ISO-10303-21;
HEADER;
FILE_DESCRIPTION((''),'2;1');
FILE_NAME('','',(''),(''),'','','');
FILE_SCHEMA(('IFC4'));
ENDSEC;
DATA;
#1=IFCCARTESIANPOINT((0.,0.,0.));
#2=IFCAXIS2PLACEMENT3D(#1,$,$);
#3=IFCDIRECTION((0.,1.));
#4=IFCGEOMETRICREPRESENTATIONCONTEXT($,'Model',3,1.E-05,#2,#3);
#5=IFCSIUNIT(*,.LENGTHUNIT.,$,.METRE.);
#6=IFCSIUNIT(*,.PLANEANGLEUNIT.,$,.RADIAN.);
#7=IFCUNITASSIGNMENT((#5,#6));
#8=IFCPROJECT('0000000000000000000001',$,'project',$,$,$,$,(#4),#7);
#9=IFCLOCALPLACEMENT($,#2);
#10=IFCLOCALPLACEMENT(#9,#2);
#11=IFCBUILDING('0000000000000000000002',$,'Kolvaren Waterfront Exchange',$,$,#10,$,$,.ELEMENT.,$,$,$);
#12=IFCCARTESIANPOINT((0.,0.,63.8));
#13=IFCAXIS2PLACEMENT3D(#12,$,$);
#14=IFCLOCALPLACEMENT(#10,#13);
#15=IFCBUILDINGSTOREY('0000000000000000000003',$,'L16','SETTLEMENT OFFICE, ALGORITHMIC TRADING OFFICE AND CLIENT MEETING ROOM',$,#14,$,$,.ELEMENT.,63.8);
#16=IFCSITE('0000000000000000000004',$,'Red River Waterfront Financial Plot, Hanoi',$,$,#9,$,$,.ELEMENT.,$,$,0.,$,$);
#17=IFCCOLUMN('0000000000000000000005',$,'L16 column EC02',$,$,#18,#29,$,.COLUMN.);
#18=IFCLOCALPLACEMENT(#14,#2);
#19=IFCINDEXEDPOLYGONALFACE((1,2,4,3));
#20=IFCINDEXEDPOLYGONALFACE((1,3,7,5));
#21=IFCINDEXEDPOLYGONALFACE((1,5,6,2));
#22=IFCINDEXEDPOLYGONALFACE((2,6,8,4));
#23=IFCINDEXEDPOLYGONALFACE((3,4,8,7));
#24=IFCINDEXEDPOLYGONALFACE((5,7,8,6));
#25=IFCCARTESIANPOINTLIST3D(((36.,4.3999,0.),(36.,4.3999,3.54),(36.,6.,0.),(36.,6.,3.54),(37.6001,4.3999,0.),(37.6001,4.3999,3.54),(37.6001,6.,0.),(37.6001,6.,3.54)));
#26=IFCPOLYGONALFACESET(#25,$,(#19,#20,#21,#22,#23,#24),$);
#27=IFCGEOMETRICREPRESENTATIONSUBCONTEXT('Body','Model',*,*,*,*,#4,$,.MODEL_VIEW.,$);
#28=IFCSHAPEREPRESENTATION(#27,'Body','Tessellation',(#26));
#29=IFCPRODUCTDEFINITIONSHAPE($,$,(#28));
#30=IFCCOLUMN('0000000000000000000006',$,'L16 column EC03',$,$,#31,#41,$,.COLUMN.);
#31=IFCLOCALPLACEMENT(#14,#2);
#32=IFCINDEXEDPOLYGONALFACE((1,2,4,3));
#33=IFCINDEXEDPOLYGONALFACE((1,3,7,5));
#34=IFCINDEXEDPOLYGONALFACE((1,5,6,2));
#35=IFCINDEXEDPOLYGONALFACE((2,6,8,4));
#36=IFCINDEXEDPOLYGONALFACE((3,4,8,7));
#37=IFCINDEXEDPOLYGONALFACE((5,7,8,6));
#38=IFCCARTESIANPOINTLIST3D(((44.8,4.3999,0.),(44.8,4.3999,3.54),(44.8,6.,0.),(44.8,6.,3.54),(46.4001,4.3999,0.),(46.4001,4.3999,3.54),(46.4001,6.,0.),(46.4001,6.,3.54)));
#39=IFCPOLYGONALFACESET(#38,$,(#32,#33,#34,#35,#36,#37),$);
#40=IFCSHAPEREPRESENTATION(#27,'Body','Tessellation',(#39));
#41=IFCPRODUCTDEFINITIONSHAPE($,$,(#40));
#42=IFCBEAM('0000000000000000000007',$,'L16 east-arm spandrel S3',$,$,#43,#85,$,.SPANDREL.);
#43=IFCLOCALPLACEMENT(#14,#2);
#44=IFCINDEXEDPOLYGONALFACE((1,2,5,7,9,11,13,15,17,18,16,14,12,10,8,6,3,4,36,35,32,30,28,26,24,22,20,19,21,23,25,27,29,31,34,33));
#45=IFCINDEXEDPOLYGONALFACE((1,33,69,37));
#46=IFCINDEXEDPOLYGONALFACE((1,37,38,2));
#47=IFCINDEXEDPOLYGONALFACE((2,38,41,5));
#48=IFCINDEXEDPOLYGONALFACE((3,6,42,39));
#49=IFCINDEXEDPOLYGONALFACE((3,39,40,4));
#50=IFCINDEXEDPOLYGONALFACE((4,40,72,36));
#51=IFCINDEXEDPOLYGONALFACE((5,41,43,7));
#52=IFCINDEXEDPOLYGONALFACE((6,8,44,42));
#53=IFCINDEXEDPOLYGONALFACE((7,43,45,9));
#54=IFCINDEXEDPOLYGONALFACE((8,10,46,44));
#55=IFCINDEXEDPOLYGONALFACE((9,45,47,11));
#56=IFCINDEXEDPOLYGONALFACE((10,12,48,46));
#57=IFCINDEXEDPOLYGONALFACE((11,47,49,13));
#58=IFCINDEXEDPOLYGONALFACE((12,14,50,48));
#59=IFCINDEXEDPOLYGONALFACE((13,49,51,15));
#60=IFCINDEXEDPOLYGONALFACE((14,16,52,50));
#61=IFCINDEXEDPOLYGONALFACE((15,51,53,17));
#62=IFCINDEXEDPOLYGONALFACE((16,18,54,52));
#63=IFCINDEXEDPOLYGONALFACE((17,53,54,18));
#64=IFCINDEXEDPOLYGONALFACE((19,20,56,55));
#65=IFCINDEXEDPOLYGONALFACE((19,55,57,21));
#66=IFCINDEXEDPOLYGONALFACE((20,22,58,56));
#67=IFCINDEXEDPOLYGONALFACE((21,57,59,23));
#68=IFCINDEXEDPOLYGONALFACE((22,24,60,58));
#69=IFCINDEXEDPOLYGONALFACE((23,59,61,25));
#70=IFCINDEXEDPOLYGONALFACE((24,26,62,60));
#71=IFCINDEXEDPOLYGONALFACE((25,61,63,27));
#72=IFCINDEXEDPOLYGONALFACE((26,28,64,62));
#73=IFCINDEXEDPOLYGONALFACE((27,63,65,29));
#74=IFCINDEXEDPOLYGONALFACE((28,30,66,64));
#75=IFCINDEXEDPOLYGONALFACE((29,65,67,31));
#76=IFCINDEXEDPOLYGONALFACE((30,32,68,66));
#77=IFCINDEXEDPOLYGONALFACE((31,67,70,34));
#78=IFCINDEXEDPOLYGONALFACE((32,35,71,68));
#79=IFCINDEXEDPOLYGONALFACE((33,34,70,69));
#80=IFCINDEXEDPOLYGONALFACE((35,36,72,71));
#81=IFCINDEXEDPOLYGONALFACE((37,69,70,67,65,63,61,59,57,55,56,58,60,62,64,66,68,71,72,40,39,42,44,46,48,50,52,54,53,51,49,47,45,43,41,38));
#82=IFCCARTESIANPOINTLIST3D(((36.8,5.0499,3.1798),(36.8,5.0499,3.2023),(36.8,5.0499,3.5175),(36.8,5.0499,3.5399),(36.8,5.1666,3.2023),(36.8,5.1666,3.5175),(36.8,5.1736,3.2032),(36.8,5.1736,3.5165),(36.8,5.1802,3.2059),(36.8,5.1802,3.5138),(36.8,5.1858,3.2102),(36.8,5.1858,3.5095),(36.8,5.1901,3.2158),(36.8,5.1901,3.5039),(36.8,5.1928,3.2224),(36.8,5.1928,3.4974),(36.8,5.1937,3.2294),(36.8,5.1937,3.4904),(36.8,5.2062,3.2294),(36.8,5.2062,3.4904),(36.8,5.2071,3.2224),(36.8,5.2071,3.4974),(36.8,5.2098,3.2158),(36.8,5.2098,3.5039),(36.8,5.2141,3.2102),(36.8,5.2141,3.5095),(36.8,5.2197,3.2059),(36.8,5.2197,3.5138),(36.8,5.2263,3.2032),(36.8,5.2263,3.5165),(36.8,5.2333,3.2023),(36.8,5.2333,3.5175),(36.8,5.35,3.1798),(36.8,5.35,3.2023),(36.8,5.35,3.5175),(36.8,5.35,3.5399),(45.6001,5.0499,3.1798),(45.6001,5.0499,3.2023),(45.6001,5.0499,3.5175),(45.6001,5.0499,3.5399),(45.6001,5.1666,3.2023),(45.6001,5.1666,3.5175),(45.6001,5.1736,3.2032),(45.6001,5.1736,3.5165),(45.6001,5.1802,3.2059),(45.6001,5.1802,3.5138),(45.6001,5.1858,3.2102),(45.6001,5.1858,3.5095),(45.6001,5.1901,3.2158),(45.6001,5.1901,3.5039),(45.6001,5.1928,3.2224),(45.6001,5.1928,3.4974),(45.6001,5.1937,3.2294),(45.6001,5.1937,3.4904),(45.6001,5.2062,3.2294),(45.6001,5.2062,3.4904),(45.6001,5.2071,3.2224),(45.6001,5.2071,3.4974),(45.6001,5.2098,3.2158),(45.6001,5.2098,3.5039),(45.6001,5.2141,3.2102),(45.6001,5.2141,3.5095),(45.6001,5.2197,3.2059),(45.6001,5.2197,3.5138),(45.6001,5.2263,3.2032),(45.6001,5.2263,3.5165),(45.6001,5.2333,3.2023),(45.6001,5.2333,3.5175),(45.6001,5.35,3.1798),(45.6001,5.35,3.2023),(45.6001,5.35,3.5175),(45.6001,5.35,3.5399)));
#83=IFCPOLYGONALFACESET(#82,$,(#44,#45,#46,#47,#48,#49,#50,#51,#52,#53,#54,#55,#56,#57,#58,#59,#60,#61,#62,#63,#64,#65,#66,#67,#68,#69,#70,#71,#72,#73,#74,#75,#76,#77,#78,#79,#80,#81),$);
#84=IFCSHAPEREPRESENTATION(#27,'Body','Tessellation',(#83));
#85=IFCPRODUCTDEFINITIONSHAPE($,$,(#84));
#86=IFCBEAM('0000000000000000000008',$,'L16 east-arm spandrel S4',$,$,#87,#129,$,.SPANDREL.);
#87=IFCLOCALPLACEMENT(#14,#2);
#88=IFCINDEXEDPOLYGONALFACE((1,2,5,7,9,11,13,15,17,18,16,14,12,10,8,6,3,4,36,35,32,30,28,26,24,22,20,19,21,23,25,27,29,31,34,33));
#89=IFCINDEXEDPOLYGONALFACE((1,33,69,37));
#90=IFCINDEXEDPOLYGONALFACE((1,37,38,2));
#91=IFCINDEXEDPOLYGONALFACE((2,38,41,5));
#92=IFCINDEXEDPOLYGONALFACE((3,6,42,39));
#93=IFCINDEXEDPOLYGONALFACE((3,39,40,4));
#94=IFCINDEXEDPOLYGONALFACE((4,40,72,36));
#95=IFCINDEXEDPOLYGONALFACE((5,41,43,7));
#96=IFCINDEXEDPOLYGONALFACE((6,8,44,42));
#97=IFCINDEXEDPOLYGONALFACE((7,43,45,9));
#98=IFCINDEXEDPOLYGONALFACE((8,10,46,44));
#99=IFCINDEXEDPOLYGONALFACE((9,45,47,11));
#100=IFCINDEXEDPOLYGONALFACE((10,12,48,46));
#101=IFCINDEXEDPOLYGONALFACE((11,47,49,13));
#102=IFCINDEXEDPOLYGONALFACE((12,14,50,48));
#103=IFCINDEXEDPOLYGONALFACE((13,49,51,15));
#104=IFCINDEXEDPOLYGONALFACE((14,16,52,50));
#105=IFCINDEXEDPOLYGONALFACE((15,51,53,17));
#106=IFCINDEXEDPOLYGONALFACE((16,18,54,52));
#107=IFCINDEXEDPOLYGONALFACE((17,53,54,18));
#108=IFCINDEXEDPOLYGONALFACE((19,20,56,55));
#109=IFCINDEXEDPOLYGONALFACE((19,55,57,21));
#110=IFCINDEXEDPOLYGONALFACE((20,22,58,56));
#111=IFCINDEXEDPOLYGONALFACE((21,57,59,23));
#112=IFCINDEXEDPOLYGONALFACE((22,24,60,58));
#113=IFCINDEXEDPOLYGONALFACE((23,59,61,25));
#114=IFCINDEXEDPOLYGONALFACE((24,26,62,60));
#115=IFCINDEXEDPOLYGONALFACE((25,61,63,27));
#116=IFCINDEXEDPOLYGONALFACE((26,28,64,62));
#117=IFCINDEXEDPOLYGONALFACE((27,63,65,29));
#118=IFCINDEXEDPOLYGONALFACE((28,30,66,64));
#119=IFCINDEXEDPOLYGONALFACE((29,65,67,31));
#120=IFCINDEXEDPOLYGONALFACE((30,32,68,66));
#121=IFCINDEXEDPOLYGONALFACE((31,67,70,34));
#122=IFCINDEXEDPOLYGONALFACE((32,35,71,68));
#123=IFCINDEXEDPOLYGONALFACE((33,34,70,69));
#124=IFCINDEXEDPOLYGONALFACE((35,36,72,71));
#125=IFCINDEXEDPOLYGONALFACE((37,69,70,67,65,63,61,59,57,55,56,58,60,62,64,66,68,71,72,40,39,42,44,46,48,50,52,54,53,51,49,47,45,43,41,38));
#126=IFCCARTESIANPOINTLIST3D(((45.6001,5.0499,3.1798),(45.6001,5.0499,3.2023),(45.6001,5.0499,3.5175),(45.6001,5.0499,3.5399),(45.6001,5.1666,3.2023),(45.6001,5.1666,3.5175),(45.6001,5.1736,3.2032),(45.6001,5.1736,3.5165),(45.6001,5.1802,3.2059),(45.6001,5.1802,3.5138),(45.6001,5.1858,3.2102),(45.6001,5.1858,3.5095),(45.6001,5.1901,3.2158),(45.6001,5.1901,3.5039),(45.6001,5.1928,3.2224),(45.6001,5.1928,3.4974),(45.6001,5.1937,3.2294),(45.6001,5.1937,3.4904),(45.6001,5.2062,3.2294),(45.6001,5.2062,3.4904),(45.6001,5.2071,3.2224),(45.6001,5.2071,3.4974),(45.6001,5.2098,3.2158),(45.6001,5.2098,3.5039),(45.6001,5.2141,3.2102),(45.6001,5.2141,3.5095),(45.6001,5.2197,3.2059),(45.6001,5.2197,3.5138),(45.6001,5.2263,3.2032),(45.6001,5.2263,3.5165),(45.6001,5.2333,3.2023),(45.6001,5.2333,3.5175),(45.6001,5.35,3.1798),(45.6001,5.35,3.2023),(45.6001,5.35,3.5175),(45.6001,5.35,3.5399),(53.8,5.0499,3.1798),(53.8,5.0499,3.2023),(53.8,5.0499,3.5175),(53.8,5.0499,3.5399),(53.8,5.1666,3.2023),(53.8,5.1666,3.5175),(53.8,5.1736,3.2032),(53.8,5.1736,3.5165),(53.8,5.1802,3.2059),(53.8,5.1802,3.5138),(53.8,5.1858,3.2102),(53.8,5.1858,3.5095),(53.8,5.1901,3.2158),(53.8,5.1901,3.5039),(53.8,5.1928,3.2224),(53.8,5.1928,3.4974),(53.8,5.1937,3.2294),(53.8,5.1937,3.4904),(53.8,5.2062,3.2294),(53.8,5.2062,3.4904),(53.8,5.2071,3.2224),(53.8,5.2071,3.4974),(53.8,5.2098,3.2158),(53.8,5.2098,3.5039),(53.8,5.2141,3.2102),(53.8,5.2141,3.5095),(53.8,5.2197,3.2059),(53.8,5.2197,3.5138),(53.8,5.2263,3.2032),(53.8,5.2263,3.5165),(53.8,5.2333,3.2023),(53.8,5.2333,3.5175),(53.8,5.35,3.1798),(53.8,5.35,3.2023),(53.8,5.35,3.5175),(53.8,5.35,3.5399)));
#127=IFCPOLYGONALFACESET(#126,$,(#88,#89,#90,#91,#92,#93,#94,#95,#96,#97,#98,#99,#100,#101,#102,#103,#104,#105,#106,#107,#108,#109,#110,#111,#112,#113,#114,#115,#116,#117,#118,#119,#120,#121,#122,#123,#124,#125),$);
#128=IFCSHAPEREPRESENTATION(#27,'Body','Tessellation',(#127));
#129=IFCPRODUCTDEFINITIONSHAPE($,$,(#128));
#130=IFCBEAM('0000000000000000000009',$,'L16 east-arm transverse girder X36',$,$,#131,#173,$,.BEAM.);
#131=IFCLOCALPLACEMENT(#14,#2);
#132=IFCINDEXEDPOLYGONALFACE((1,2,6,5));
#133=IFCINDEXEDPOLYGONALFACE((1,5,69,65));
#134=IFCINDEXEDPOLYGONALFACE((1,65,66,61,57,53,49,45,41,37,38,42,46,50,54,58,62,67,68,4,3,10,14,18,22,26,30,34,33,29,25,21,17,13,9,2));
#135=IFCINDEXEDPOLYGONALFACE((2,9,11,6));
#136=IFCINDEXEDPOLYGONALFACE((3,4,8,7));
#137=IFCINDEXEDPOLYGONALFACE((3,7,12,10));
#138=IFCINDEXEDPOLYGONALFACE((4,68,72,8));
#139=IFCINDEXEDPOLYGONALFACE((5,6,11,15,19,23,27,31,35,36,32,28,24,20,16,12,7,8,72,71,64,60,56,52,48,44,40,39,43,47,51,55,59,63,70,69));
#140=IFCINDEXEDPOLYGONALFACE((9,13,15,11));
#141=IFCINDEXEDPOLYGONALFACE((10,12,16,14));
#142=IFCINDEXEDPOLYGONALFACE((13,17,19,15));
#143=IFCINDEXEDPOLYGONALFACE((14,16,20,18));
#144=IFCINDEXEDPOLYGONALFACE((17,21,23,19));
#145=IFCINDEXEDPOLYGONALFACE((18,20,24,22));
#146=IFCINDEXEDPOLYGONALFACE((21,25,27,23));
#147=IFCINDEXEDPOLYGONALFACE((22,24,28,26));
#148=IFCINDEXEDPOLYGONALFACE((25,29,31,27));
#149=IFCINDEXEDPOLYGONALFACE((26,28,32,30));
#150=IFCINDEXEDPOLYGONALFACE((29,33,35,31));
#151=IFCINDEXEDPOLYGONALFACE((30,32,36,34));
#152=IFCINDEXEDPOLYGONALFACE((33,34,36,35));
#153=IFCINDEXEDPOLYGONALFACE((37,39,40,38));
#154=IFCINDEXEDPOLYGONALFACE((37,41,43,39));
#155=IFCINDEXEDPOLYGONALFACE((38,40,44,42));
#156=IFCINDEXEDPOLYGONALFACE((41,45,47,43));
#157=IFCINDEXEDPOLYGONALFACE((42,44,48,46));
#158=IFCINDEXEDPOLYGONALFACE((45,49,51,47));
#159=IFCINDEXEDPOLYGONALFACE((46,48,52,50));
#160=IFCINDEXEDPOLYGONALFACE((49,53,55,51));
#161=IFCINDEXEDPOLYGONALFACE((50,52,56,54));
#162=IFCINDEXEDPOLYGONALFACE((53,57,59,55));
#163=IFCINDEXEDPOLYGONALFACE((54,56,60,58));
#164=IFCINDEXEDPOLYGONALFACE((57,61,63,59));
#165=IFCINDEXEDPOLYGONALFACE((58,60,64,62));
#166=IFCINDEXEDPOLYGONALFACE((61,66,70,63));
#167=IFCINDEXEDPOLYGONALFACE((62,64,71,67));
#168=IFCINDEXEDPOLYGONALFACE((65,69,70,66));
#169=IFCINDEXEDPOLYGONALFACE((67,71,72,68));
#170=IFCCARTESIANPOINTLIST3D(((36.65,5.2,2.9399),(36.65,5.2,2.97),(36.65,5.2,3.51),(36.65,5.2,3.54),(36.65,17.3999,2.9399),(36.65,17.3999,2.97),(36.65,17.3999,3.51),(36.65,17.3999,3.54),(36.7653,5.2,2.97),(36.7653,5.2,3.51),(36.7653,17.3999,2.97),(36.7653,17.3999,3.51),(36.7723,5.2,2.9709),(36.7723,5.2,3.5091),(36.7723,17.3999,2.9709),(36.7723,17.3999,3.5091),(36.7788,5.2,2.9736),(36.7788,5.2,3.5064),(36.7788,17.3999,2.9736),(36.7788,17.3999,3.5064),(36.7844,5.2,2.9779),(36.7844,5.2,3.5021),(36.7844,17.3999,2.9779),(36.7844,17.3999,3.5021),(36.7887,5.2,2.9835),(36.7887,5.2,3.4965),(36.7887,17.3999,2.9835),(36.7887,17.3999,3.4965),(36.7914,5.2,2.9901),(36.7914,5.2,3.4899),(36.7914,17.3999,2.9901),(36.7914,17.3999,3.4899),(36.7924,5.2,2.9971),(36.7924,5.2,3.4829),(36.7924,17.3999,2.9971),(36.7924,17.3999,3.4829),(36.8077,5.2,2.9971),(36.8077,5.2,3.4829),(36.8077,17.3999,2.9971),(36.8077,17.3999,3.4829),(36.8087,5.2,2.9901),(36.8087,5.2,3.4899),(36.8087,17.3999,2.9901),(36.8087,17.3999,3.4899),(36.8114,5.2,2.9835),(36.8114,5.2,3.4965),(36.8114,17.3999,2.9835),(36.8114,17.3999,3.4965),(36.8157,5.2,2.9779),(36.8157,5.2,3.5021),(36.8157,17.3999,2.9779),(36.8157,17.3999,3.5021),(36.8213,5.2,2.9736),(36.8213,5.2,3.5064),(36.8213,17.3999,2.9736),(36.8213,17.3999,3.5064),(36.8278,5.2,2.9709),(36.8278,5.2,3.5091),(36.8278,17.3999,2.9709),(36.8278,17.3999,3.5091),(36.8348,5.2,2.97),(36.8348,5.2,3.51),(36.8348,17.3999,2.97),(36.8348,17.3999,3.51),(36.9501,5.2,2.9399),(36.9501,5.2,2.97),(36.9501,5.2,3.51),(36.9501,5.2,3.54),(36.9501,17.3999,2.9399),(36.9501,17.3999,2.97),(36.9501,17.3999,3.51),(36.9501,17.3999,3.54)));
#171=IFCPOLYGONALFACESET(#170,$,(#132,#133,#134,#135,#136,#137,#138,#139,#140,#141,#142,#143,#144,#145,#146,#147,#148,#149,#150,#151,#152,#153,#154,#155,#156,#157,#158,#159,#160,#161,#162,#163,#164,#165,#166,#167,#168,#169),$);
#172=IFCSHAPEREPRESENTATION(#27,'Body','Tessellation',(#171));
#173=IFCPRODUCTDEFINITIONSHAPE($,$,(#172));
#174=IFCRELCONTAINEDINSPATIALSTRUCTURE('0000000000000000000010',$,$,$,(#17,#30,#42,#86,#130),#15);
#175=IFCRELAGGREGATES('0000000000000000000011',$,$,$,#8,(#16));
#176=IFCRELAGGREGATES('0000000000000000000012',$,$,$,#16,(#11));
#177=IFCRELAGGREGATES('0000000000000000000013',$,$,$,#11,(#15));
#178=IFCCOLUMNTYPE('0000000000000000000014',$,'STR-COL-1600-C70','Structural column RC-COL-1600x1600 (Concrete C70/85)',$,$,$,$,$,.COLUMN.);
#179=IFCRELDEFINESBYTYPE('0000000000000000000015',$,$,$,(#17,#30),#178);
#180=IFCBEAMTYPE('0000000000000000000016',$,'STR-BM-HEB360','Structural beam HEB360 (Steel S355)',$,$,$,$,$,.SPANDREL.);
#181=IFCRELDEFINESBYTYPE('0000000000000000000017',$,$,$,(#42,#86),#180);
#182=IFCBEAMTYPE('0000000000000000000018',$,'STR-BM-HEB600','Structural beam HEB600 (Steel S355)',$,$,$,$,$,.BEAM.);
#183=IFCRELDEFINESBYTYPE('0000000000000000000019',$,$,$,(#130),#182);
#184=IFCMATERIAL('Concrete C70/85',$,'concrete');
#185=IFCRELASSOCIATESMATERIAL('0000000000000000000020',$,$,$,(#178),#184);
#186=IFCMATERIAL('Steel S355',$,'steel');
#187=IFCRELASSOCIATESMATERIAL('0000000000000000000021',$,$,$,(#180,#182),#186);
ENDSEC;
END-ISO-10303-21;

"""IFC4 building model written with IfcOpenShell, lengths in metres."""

from ifc_helpers import new_model, si_unit, direction, frame, origin, origin_2d, place, context, subcontext, project, spatial, rectangle, i_section, extrude, material, material_profile, profile_set, type_object, element, save


model = new_model("IFC4")

# Units and contexts
model_context = context("Model", 3, precision=1e-05, world=origin(), true_north=direction((0.0, 1.0)))
body_context = subcontext(model_context, "Body", "Model", "MODEL_VIEW")
ifc_project = project(units=[si_unit("LENGTHUNIT", "METRE"), si_unit("PLANEANGLEUNIT", "RADIAN")], contexts=[model_context])

# Site, building, storey
site_placement = place(None, origin())
site = spatial("IfcSite", under=ifc_project, at=site_placement, Name="Red River Waterfront Financial Plot, Hanoi", CompositionType="ELEMENT", RefElevation=0.0)
building_placement = place(site_placement, origin())
building = spatial("IfcBuilding", under=site, at=building_placement, Name="Kolvaren Waterfront Exchange", CompositionType="ELEMENT")
storey_placement = place(building_placement, frame((0.0, 0.0, 63.8)))
storey = spatial("IfcBuildingStorey", under=building, at=storey_placement, Name="L16", Description="SETTLEMENT OFFICE, ALGORITHMIC TRADING OFFICE AND CLIENT MEETING ROOM", CompositionType="ELEMENT", Elevation=63.8)

# Columns
ifc_material_1 = material(Name="Concrete C70/85", Category="concrete")
ifc_material_profile_1 = material_profile(ifc_material_1, rectangle(XDim=1.6001, YDim=1.6001, at=origin_2d()), Name="RC-COL-1600x1600")
ifc_profile_set_1 = profile_set([ifc_material_profile_1], Name="Concrete C70/85")
column_type = type_object("IfcColumnType", Name="STR-COL-1600-C70", Description="Structural column RC-COL-1600x1600 (Concrete C70/85)", PredefinedType="COLUMN", material=ifc_profile_set_1)
for number, where, z_axis, x_axis, name in (
    (1, (36.8, 5.2, 0.0), (0.0, 0.0, 1.0), (1.0, 0.0, 0.0), "L16 column EC02"),
    (2, (45.6001, 5.2, 0.0), (0.0, 0.0, 1.0), (1.0, 0.0, 0.0), "L16 column EC03"),
):
    element("IfcColumn", number, at=place(storey_placement, frame(where, z_axis=z_axis, x_axis=x_axis)), inside=storey, type_object=column_type, Name=name, PredefinedType="COLUMN", context=body_context, shape_type="SweptSolid", body=[
        extrude(rectangle(XDim=1.6001, YDim=1.6001, at=origin_2d()), origin(), (0.0, 0.0, 1.0), 3.54),
    ])

# Beams
ifc_material_2 = material(Name="Steel S355", Category="steel")
ifc_material_profile_2 = material_profile(ifc_material_2, i_section(OverallWidth=0.3, OverallDepth=0.3601, WebThickness=0.0125, FlangeThickness=0.0225, FilletRadius=0.0271, at=origin_2d()), Name="HEB360")
ifc_profile_set_2 = profile_set([ifc_material_profile_2], Name="Steel S355")
beam_type_1 = type_object("IfcBeamType", Name="STR-BM-HEB360", Description="Structural beam HEB360 (Steel S355)", PredefinedType="SPANDREL", material=ifc_profile_set_2)
beam_1_placement = place(storey_placement, frame((36.8, 5.2, 3.3599), z_axis=(1.0, 0.0, 0.0), x_axis=(0.0, 1.0, 0.0)))
element("IfcBeam", 3, at=beam_1_placement, inside=storey, type_object=beam_type_1, Name="L16 east-arm spandrel S3", PredefinedType="SPANDREL", context=body_context, shape_type="SweptSolid", body=[
    extrude(i_section(OverallWidth=0.3, OverallDepth=0.3601, WebThickness=0.0125, FlangeThickness=0.0225, FilletRadius=0.0271, at=origin_2d()), origin(), (0.0, 0.0, 1.0), 8.8),
])
beam_2_placement = place(storey_placement, frame((45.6001, 5.2, 3.3599), z_axis=(1.0, 0.0, 0.0), x_axis=(0.0, 1.0, 0.0)))
element("IfcBeam", 4, at=beam_2_placement, inside=storey, type_object=beam_type_1, Name="L16 east-arm spandrel S4", PredefinedType="SPANDREL", context=body_context, shape_type="SweptSolid", body=[
    extrude(i_section(OverallWidth=0.3, OverallDepth=0.3601, WebThickness=0.0125, FlangeThickness=0.0225, FilletRadius=0.0271, at=origin_2d()), origin(), (0.0, 0.0, 1.0), 8.2),
])
ifc_material_profile_3 = material_profile(ifc_material_2, i_section(OverallWidth=0.3, OverallDepth=0.6001, WebThickness=0.0154, FlangeThickness=0.03, FilletRadius=0.0271, at=origin_2d()), Name="HEB600")
ifc_profile_set_3 = profile_set([ifc_material_profile_3], Name="Steel S355")
beam_type_2 = type_object("IfcBeamType", Name="STR-BM-HEB600", Description="Structural beam HEB600 (Steel S355)", PredefinedType="BEAM", material=ifc_profile_set_3)
for number, where, z_axis, x_axis, name in (
    (5, (36.8, 5.2, 3.24), (0.0, 1.0, 0.0), (-1.0, 0.0, 0.0), "L16 east-arm transverse girder X36"),
):
    element("IfcBeam", number, at=place(storey_placement, frame(where, z_axis=z_axis, x_axis=x_axis)), inside=storey, type_object=beam_type_2, Name=name, PredefinedType="BEAM", context=body_context, shape_type="SweptSolid", body=[
        extrude(i_section(OverallWidth=0.3, OverallDepth=0.6001, WebThickness=0.0154, FlangeThickness=0.03, FilletRadius=0.0271, at=origin_2d()), origin(), (0.0, 0.0, 1.0), 12.2),
    ])

save(model, "model.ifc")
